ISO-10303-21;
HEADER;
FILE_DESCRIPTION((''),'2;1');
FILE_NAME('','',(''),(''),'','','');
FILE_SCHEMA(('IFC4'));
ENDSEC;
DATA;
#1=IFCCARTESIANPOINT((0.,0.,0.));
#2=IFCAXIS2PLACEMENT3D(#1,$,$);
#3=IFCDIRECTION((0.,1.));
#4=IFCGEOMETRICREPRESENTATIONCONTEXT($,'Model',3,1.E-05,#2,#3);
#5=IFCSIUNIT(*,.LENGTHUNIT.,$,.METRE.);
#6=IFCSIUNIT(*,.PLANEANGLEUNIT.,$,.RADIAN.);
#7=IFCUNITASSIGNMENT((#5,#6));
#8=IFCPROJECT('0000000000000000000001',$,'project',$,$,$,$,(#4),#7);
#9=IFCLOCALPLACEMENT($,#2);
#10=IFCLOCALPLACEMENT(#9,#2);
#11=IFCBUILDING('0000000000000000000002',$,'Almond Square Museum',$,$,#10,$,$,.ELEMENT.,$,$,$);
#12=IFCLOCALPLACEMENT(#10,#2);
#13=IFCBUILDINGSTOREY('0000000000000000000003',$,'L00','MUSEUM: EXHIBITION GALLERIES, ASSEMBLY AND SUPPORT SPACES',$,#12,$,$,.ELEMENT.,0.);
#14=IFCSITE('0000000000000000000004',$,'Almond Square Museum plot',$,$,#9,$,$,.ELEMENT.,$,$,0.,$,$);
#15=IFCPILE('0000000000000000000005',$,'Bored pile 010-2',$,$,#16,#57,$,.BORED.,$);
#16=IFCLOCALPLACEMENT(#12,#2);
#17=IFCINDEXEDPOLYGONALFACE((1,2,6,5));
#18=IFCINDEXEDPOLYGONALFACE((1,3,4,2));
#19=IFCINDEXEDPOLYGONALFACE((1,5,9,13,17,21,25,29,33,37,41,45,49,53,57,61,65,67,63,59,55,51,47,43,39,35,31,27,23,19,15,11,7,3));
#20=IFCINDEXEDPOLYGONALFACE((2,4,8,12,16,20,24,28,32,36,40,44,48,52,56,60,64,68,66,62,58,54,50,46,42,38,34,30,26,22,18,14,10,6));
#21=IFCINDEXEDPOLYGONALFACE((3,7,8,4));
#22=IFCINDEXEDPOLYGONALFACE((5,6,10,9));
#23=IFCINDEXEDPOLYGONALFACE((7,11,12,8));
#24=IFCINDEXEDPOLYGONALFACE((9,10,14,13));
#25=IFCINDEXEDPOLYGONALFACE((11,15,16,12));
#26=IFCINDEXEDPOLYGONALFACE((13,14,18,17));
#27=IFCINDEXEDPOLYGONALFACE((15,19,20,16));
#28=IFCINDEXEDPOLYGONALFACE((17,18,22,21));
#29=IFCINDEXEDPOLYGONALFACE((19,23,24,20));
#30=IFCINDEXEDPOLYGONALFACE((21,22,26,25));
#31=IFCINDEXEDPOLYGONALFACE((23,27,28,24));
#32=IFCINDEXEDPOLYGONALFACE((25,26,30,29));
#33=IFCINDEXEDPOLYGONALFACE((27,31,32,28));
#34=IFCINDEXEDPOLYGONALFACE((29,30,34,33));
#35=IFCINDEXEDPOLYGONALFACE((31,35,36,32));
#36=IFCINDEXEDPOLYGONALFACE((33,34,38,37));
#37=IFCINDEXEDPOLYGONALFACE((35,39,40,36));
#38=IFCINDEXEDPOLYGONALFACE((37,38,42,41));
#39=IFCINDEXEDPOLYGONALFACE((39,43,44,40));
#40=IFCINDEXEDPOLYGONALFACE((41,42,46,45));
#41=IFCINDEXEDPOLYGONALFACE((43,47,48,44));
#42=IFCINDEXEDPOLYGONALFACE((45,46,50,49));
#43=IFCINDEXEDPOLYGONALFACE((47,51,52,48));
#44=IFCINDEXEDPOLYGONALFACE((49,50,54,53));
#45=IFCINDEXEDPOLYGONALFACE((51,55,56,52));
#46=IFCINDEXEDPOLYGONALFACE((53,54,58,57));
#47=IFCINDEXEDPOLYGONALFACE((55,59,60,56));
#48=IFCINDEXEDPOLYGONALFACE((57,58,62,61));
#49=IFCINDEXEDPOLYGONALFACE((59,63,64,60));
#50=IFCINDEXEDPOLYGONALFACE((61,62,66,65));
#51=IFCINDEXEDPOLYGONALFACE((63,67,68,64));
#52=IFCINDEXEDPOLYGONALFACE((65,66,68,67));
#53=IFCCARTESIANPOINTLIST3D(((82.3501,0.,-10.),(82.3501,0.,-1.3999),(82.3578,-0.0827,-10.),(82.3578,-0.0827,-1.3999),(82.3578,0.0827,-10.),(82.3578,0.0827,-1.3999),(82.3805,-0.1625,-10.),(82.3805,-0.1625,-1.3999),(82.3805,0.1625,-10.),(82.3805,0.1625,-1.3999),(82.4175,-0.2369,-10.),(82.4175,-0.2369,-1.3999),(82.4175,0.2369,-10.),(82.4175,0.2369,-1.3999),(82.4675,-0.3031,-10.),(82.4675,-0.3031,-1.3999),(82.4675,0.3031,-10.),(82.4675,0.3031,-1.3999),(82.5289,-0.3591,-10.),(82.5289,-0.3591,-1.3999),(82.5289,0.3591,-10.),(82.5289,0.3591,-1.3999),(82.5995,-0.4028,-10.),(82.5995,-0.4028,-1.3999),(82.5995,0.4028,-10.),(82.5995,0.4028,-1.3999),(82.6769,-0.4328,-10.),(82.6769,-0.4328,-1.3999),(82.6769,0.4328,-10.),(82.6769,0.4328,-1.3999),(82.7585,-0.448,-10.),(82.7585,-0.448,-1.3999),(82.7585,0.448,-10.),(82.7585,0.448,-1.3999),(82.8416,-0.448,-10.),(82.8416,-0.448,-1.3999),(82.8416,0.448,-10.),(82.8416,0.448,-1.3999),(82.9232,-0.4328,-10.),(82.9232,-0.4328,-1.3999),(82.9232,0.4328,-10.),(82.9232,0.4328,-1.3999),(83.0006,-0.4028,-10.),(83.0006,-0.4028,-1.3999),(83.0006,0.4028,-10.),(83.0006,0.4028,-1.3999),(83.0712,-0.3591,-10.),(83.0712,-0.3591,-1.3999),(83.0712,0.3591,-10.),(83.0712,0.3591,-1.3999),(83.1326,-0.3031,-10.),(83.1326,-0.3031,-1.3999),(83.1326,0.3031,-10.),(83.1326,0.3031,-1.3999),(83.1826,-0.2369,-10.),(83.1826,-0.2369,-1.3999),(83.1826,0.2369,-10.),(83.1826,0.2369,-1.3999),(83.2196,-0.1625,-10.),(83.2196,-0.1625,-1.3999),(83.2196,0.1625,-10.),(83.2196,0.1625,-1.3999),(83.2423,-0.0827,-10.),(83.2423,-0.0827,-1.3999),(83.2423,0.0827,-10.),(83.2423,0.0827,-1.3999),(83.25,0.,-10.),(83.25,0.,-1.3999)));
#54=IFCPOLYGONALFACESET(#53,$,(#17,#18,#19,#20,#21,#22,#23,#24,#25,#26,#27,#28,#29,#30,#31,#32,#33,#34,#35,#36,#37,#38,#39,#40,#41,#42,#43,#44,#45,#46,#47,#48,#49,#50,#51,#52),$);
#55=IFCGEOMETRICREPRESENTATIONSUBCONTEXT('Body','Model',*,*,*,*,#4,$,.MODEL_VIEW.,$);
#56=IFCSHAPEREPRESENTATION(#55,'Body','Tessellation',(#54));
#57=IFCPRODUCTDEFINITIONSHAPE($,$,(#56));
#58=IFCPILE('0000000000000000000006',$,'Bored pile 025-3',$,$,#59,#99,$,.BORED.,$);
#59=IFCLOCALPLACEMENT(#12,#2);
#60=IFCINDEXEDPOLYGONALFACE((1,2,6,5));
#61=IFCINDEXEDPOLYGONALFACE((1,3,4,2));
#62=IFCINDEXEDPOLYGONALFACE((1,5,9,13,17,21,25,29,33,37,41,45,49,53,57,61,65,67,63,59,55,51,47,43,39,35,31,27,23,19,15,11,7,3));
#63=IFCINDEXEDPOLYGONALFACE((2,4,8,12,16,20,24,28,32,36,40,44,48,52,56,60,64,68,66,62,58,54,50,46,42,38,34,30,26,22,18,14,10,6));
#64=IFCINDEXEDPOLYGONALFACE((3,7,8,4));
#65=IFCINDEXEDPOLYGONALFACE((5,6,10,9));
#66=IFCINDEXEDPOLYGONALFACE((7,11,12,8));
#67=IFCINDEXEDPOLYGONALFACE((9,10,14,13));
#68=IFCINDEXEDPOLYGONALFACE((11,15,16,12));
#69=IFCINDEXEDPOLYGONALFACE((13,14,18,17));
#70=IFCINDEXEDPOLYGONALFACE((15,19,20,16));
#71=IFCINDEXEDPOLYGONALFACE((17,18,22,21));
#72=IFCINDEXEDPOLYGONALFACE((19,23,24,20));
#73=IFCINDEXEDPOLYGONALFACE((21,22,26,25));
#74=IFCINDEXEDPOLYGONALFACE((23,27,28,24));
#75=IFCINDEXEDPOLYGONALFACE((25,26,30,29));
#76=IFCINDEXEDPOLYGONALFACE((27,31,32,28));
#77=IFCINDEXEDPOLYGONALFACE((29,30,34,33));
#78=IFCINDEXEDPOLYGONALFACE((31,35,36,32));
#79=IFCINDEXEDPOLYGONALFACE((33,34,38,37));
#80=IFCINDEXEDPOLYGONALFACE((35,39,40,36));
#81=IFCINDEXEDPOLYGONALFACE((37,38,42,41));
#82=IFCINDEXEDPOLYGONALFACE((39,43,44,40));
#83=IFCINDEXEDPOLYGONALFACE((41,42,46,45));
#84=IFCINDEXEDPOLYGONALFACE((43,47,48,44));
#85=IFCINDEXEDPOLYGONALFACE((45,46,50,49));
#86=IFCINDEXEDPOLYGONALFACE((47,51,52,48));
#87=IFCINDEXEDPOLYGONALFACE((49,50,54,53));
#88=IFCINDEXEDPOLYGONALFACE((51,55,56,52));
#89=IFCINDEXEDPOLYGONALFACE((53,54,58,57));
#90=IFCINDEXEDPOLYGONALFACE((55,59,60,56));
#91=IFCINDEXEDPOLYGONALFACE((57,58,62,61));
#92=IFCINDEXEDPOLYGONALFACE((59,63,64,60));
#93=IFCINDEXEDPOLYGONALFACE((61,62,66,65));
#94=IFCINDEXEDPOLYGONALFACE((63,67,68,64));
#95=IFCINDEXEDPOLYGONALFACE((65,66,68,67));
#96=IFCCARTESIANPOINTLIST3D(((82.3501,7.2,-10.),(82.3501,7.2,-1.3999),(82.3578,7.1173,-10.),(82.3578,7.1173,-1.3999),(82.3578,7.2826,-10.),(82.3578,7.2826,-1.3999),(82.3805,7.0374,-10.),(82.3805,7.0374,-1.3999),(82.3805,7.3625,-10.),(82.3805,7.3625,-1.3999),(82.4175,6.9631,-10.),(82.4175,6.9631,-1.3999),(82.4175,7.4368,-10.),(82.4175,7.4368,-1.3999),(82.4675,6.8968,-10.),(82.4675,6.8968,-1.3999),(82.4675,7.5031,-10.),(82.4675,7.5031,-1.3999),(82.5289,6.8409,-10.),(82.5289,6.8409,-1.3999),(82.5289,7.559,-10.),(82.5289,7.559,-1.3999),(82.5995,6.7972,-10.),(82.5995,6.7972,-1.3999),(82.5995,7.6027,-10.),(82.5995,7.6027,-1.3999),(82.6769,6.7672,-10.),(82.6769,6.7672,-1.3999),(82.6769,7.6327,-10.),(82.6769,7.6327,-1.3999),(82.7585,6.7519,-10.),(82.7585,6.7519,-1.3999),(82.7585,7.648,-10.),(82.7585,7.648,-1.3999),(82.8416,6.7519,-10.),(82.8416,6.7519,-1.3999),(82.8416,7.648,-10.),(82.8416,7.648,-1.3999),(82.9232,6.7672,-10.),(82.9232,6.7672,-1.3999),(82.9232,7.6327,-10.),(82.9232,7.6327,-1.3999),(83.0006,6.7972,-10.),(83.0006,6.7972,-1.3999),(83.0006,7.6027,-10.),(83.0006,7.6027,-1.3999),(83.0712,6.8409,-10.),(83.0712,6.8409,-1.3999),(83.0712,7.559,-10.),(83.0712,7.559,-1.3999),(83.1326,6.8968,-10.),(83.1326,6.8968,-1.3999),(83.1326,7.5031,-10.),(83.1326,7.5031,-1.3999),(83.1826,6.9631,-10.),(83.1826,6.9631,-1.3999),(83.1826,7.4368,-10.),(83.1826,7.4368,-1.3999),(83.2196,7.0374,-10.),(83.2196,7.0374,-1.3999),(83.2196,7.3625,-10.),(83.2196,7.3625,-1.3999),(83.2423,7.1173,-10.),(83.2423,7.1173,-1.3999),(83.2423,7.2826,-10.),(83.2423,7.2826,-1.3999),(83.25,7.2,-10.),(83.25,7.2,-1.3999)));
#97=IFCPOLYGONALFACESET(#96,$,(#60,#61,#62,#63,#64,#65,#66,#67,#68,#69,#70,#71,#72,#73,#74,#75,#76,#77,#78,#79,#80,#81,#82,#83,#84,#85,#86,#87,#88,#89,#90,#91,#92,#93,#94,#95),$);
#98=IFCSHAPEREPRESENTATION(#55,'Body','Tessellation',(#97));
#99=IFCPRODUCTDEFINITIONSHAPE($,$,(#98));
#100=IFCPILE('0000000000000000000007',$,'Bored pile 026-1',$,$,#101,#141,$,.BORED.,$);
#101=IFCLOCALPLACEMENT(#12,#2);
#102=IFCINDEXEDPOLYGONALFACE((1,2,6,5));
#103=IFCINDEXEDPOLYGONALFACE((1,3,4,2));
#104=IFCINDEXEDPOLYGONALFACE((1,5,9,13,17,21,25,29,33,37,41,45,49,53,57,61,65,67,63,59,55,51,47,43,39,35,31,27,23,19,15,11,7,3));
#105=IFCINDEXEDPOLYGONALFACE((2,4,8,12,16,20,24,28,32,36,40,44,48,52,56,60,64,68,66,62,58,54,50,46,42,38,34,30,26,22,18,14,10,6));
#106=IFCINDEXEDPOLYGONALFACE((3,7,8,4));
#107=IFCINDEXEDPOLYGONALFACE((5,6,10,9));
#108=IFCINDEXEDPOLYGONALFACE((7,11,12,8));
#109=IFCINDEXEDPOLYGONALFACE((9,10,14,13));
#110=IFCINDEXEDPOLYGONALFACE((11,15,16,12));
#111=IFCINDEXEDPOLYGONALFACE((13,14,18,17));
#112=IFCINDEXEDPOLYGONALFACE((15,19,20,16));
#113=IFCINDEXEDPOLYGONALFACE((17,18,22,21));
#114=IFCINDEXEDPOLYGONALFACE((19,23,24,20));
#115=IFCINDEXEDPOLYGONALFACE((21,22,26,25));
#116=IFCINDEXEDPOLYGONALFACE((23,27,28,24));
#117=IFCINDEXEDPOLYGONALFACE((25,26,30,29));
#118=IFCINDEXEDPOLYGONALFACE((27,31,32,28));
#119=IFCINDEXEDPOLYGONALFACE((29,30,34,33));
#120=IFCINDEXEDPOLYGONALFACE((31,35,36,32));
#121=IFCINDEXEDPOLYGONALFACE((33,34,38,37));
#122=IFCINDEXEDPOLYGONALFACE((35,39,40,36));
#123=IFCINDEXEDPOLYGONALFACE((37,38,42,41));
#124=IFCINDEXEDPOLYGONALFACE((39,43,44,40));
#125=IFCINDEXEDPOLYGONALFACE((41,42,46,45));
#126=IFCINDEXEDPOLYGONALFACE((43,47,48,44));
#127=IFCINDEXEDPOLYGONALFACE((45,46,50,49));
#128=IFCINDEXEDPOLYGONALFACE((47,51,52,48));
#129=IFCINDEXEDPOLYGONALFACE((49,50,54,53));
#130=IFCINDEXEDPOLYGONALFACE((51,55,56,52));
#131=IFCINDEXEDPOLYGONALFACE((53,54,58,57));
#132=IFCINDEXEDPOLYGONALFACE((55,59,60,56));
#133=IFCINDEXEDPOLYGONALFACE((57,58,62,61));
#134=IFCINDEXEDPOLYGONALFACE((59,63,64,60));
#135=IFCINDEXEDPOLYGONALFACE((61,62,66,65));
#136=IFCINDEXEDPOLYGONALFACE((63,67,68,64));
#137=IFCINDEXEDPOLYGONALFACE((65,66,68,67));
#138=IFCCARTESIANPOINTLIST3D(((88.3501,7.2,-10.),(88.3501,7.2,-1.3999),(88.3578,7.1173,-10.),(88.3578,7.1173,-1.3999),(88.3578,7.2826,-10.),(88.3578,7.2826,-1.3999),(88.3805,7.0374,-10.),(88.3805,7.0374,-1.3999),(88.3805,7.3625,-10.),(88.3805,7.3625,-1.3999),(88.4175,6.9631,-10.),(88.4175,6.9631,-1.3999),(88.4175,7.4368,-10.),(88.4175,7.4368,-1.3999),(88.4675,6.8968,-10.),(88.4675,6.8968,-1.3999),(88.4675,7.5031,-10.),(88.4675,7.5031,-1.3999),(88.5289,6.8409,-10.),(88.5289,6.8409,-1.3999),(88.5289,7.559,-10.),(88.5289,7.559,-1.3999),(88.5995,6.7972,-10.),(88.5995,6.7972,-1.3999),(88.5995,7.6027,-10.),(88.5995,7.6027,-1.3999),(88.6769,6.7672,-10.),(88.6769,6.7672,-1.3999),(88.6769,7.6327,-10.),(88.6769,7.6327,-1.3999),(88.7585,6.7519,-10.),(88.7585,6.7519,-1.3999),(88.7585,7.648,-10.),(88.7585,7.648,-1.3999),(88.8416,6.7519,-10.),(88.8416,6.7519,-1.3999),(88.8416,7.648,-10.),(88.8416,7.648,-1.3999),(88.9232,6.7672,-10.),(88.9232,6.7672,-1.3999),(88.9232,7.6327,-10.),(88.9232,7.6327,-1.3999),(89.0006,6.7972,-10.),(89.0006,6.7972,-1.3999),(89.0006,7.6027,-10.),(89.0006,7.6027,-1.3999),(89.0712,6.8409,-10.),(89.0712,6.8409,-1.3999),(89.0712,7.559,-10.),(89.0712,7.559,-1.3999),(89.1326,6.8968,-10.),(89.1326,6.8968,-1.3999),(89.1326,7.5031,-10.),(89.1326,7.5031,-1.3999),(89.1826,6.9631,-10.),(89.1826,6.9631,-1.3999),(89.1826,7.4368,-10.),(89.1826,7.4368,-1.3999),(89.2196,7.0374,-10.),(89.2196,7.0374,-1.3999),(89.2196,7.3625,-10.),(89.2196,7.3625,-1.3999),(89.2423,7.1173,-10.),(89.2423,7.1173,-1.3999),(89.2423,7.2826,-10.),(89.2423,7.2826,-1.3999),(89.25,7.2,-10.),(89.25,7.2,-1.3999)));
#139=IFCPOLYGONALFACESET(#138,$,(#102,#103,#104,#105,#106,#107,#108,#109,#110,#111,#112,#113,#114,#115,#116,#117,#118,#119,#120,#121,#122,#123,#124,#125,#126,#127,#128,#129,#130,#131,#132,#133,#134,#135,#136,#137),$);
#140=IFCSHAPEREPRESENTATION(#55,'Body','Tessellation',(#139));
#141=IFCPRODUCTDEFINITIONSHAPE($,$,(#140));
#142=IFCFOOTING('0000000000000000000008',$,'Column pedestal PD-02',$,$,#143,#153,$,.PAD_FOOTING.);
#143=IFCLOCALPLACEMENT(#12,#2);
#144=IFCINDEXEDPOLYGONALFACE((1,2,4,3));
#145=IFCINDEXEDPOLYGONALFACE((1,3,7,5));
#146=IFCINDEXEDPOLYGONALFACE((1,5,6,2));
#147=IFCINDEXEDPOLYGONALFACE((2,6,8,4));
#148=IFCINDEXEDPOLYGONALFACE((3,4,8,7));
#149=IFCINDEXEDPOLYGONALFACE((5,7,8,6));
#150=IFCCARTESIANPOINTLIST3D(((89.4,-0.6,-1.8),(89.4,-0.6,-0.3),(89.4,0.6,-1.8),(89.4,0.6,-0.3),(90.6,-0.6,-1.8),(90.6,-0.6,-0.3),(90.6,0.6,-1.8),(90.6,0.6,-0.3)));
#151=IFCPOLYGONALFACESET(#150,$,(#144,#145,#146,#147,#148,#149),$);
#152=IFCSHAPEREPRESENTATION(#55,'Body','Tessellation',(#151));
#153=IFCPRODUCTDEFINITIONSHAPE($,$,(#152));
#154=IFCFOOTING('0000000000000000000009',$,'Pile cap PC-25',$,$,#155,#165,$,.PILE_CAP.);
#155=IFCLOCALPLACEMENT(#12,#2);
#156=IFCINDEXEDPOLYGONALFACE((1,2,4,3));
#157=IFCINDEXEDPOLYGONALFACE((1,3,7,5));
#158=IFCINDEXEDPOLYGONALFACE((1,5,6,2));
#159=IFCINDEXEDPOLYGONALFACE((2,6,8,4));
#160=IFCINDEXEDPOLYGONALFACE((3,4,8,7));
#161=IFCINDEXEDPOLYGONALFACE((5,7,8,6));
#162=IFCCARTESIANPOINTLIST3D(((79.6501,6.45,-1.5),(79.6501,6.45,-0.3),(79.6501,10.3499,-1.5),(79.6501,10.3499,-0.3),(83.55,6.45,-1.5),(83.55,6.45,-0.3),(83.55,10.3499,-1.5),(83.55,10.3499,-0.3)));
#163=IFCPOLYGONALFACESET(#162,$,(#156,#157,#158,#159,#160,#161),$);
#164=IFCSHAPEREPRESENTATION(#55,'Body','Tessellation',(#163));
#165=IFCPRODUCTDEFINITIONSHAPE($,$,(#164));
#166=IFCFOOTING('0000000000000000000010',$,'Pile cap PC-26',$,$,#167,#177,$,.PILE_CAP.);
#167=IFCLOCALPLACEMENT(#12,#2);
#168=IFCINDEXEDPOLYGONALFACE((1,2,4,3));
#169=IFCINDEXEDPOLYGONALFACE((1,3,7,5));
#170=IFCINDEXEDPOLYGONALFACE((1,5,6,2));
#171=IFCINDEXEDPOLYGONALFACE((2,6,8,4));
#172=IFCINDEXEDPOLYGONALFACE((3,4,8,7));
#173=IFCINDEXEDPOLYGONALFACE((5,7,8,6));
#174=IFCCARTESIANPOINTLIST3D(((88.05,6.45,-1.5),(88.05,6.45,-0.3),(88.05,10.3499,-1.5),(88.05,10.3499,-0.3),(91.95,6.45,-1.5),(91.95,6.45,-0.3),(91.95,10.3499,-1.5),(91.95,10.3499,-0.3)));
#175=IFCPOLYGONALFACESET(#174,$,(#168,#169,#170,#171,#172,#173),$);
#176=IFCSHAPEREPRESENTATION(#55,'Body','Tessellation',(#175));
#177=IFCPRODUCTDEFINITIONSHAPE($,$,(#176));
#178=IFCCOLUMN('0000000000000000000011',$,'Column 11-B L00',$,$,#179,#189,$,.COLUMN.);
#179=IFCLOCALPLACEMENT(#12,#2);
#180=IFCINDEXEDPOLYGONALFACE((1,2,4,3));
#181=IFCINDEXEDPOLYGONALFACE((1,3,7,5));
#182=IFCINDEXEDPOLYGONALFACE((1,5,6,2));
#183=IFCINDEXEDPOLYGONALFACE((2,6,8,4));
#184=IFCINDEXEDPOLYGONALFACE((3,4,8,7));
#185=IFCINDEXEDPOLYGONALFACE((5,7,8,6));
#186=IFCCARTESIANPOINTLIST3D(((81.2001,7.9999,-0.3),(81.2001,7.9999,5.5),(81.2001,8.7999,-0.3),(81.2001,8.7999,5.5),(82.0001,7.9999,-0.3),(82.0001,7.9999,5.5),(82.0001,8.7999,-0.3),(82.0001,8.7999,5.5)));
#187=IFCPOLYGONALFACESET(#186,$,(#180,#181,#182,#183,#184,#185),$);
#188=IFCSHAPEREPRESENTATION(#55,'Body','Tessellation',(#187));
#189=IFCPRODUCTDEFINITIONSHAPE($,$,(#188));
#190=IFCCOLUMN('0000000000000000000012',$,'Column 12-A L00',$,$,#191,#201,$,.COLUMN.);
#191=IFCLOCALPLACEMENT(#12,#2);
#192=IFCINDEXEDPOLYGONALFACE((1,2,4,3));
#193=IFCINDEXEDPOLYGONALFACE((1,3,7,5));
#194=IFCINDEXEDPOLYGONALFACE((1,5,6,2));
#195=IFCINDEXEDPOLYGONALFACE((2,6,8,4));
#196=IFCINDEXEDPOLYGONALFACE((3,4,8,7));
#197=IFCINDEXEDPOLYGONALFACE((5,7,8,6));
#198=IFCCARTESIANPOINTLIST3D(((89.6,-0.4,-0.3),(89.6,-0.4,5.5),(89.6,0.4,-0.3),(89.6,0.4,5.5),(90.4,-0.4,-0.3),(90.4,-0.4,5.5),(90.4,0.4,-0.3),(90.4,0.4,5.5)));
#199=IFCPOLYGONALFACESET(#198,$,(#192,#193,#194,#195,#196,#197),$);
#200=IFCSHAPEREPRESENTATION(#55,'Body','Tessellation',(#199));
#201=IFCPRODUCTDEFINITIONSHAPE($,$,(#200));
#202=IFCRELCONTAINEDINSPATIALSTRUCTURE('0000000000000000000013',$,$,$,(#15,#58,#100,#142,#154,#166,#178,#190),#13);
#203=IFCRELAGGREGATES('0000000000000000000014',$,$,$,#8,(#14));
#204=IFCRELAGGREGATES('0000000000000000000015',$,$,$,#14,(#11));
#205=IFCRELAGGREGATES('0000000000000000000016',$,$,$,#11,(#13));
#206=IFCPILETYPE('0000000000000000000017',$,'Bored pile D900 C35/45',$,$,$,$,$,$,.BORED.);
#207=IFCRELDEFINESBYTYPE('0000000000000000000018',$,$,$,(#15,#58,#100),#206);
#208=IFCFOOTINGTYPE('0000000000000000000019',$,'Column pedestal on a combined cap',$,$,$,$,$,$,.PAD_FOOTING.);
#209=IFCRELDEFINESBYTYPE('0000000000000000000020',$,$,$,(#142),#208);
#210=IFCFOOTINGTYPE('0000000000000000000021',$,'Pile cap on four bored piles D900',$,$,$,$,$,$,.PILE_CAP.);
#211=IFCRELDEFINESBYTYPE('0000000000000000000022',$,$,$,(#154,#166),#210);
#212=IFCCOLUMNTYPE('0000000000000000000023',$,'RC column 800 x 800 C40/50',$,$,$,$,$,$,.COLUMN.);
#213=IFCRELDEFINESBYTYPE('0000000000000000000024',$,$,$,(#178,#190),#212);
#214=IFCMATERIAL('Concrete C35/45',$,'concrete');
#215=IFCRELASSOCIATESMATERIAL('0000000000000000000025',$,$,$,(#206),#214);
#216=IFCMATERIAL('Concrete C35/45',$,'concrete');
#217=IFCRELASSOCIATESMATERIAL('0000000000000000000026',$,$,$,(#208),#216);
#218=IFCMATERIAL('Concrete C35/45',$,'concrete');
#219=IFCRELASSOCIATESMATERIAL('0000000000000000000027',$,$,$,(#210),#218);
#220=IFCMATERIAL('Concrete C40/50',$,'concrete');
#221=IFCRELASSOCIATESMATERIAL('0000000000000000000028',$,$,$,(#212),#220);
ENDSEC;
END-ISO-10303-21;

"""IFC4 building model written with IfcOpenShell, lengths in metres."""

from ifc_helpers import new_model, si_unit, direction, frame, origin, origin_2d, place, context, subcontext, project, spatial, rectangle, circle, extrude, material, material_profile, profile_set, type_object, element, save


model = new_model("IFC4")

# Units and contexts
model_context = context("Model", 3, precision=1e-05, world=origin(), true_north=direction((0.0, 1.0)))
body_context = subcontext(model_context, "Body", "Model", "MODEL_VIEW")
ifc_project = project(units=[si_unit("LENGTHUNIT", "METRE"), si_unit("PLANEANGLEUNIT", "RADIAN")], contexts=[model_context])

# Site, building, storey
site_placement = place(None, origin())
site = spatial("IfcSite", under=ifc_project, at=site_placement, Name="Almond Square Museum plot", CompositionType="ELEMENT", RefElevation=0.0)
building_placement = place(site_placement, origin())
building = spatial("IfcBuilding", under=site, at=building_placement, Name="Almond Square Museum", CompositionType="ELEMENT")
storey_placement = place(building_placement, origin())
storey = spatial("IfcBuildingStorey", under=building, at=storey_placement, Name="L00", Description="MUSEUM: EXHIBITION GALLERIES, ASSEMBLY AND SUPPORT SPACES", CompositionType="ELEMENT", Elevation=0.0)

# Piles
ifc_material_1 = material(Name="Concrete C35/45", Category="concrete")
ifc_material_profile_1 = material_profile(ifc_material_1, circle(Radius=0.45, at=origin_2d()))
ifc_profile_set_1 = profile_set([ifc_material_profile_1], Name="Concrete C35/45")
pile_type = type_object("IfcPileType", Name="Bored pile D900 C35/45", PredefinedType="BORED", material=ifc_profile_set_1)
for number, where, z_axis, x_axis, name in (
    (1, (82.8, 0.0, -1.3999), (0.0, 0.0, -1.0), (1.0, 0.0, 0.0), "Bored pile 010-2"),
    (2, (82.8, 7.2, -1.3999), (0.0, 0.0, -1.0), (1.0, 0.0, 0.0), "Bored pile 025-3"),
    (3, (88.8, 7.2, -1.3999), (0.0, 0.0, -1.0), (1.0, 0.0, 0.0), "Bored pile 026-1"),
):
    element("IfcPile", number, at=place(storey_placement, frame(where, z_axis=z_axis, x_axis=x_axis)), inside=storey, type_object=pile_type, Name=name, PredefinedType="BORED", context=body_context, shape_type="SweptSolid", body=[
        extrude(circle(Radius=0.45, at=origin_2d()), origin(), (0.0, 0.0, 1.0), 8.6001),
    ])

# Footings
ifc_material_2 = material(Name="Concrete C35/45", Category="concrete")
footing_type_1 = type_object("IfcFootingType", Name="Column pedestal on a combined cap", PredefinedType="PAD_FOOTING", material=ifc_material_2)
footing_placement = place(storey_placement, frame((90.0, 0.0, -1.8), z_axis=(0.0, 0.0, 1.0), x_axis=(1.0, 0.0, 0.0)))
element("IfcFooting", 4, at=footing_placement, inside=storey, type_object=footing_type_1, Name="Column pedestal PD-02", PredefinedType="PAD_FOOTING", context=body_context, shape_type="SweptSolid", body=[
    extrude(rectangle(XDim=1.2, YDim=1.2, at=origin_2d()), origin(), (0.0, 0.0, 1.0), 1.5),
])
ifc_material_3 = material(Name="Concrete C35/45", Category="concrete")
footing_type_2 = type_object("IfcFootingType", Name="Pile cap on four bored piles D900", PredefinedType="PILE_CAP", material=ifc_material_3)
for number, where, z_axis, x_axis, name in (
    (5, (81.6001, 8.3999, -1.5), (0.0, 0.0, 1.0), (1.0, 0.0, 0.0), "Pile cap PC-25"),
    (6, (90.0, 8.3999, -1.5), (0.0, 0.0, 1.0), (1.0, 0.0, 0.0), "Pile cap PC-26"),
):
    element("IfcFooting", number, at=place(storey_placement, frame(where, z_axis=z_axis, x_axis=x_axis)), inside=storey, type_object=footing_type_2, Name=name, PredefinedType="PILE_CAP", context=body_context, shape_type="SweptSolid", body=[
        extrude(rectangle(XDim=3.8999, YDim=3.8999, at=origin_2d()), origin(), (0.0, 0.0, 1.0), 1.2),
    ])

# Columns
ifc_material_4 = material(Name="Concrete C40/50", Category="concrete")
ifc_material_profile_2 = material_profile(ifc_material_4, rectangle(XDim=0.8, YDim=0.8, at=origin_2d()))
ifc_profile_set_2 = profile_set([ifc_material_profile_2], Name="Concrete C40/50")
column_type = type_object("IfcColumnType", Name="RC column 800 x 800 C40/50", PredefinedType="COLUMN", material=ifc_profile_set_2)
for number, where, z_axis, x_axis, name in (
    (7, (81.6001, 8.3999, -0.3), (0.0, 0.0, 1.0), (1.0, 0.0, 0.0), "Column 11-B L00"),
    (8, (90.0, 0.0, -0.3), (0.0, 0.0, 1.0), (1.0, 0.0, 0.0), "Column 12-A L00"),
):
    element("IfcColumn", number, at=place(storey_placement, frame(where, z_axis=z_axis, x_axis=x_axis)), inside=storey, type_object=column_type, Name=name, PredefinedType="COLUMN", context=body_context, shape_type="SweptSolid", body=[
        extrude(rectangle(XDim=0.8, YDim=0.8, at=origin_2d()), origin(), (0.0, 0.0, 1.0), 5.8),
    ])

save(model, "model.ifc")
